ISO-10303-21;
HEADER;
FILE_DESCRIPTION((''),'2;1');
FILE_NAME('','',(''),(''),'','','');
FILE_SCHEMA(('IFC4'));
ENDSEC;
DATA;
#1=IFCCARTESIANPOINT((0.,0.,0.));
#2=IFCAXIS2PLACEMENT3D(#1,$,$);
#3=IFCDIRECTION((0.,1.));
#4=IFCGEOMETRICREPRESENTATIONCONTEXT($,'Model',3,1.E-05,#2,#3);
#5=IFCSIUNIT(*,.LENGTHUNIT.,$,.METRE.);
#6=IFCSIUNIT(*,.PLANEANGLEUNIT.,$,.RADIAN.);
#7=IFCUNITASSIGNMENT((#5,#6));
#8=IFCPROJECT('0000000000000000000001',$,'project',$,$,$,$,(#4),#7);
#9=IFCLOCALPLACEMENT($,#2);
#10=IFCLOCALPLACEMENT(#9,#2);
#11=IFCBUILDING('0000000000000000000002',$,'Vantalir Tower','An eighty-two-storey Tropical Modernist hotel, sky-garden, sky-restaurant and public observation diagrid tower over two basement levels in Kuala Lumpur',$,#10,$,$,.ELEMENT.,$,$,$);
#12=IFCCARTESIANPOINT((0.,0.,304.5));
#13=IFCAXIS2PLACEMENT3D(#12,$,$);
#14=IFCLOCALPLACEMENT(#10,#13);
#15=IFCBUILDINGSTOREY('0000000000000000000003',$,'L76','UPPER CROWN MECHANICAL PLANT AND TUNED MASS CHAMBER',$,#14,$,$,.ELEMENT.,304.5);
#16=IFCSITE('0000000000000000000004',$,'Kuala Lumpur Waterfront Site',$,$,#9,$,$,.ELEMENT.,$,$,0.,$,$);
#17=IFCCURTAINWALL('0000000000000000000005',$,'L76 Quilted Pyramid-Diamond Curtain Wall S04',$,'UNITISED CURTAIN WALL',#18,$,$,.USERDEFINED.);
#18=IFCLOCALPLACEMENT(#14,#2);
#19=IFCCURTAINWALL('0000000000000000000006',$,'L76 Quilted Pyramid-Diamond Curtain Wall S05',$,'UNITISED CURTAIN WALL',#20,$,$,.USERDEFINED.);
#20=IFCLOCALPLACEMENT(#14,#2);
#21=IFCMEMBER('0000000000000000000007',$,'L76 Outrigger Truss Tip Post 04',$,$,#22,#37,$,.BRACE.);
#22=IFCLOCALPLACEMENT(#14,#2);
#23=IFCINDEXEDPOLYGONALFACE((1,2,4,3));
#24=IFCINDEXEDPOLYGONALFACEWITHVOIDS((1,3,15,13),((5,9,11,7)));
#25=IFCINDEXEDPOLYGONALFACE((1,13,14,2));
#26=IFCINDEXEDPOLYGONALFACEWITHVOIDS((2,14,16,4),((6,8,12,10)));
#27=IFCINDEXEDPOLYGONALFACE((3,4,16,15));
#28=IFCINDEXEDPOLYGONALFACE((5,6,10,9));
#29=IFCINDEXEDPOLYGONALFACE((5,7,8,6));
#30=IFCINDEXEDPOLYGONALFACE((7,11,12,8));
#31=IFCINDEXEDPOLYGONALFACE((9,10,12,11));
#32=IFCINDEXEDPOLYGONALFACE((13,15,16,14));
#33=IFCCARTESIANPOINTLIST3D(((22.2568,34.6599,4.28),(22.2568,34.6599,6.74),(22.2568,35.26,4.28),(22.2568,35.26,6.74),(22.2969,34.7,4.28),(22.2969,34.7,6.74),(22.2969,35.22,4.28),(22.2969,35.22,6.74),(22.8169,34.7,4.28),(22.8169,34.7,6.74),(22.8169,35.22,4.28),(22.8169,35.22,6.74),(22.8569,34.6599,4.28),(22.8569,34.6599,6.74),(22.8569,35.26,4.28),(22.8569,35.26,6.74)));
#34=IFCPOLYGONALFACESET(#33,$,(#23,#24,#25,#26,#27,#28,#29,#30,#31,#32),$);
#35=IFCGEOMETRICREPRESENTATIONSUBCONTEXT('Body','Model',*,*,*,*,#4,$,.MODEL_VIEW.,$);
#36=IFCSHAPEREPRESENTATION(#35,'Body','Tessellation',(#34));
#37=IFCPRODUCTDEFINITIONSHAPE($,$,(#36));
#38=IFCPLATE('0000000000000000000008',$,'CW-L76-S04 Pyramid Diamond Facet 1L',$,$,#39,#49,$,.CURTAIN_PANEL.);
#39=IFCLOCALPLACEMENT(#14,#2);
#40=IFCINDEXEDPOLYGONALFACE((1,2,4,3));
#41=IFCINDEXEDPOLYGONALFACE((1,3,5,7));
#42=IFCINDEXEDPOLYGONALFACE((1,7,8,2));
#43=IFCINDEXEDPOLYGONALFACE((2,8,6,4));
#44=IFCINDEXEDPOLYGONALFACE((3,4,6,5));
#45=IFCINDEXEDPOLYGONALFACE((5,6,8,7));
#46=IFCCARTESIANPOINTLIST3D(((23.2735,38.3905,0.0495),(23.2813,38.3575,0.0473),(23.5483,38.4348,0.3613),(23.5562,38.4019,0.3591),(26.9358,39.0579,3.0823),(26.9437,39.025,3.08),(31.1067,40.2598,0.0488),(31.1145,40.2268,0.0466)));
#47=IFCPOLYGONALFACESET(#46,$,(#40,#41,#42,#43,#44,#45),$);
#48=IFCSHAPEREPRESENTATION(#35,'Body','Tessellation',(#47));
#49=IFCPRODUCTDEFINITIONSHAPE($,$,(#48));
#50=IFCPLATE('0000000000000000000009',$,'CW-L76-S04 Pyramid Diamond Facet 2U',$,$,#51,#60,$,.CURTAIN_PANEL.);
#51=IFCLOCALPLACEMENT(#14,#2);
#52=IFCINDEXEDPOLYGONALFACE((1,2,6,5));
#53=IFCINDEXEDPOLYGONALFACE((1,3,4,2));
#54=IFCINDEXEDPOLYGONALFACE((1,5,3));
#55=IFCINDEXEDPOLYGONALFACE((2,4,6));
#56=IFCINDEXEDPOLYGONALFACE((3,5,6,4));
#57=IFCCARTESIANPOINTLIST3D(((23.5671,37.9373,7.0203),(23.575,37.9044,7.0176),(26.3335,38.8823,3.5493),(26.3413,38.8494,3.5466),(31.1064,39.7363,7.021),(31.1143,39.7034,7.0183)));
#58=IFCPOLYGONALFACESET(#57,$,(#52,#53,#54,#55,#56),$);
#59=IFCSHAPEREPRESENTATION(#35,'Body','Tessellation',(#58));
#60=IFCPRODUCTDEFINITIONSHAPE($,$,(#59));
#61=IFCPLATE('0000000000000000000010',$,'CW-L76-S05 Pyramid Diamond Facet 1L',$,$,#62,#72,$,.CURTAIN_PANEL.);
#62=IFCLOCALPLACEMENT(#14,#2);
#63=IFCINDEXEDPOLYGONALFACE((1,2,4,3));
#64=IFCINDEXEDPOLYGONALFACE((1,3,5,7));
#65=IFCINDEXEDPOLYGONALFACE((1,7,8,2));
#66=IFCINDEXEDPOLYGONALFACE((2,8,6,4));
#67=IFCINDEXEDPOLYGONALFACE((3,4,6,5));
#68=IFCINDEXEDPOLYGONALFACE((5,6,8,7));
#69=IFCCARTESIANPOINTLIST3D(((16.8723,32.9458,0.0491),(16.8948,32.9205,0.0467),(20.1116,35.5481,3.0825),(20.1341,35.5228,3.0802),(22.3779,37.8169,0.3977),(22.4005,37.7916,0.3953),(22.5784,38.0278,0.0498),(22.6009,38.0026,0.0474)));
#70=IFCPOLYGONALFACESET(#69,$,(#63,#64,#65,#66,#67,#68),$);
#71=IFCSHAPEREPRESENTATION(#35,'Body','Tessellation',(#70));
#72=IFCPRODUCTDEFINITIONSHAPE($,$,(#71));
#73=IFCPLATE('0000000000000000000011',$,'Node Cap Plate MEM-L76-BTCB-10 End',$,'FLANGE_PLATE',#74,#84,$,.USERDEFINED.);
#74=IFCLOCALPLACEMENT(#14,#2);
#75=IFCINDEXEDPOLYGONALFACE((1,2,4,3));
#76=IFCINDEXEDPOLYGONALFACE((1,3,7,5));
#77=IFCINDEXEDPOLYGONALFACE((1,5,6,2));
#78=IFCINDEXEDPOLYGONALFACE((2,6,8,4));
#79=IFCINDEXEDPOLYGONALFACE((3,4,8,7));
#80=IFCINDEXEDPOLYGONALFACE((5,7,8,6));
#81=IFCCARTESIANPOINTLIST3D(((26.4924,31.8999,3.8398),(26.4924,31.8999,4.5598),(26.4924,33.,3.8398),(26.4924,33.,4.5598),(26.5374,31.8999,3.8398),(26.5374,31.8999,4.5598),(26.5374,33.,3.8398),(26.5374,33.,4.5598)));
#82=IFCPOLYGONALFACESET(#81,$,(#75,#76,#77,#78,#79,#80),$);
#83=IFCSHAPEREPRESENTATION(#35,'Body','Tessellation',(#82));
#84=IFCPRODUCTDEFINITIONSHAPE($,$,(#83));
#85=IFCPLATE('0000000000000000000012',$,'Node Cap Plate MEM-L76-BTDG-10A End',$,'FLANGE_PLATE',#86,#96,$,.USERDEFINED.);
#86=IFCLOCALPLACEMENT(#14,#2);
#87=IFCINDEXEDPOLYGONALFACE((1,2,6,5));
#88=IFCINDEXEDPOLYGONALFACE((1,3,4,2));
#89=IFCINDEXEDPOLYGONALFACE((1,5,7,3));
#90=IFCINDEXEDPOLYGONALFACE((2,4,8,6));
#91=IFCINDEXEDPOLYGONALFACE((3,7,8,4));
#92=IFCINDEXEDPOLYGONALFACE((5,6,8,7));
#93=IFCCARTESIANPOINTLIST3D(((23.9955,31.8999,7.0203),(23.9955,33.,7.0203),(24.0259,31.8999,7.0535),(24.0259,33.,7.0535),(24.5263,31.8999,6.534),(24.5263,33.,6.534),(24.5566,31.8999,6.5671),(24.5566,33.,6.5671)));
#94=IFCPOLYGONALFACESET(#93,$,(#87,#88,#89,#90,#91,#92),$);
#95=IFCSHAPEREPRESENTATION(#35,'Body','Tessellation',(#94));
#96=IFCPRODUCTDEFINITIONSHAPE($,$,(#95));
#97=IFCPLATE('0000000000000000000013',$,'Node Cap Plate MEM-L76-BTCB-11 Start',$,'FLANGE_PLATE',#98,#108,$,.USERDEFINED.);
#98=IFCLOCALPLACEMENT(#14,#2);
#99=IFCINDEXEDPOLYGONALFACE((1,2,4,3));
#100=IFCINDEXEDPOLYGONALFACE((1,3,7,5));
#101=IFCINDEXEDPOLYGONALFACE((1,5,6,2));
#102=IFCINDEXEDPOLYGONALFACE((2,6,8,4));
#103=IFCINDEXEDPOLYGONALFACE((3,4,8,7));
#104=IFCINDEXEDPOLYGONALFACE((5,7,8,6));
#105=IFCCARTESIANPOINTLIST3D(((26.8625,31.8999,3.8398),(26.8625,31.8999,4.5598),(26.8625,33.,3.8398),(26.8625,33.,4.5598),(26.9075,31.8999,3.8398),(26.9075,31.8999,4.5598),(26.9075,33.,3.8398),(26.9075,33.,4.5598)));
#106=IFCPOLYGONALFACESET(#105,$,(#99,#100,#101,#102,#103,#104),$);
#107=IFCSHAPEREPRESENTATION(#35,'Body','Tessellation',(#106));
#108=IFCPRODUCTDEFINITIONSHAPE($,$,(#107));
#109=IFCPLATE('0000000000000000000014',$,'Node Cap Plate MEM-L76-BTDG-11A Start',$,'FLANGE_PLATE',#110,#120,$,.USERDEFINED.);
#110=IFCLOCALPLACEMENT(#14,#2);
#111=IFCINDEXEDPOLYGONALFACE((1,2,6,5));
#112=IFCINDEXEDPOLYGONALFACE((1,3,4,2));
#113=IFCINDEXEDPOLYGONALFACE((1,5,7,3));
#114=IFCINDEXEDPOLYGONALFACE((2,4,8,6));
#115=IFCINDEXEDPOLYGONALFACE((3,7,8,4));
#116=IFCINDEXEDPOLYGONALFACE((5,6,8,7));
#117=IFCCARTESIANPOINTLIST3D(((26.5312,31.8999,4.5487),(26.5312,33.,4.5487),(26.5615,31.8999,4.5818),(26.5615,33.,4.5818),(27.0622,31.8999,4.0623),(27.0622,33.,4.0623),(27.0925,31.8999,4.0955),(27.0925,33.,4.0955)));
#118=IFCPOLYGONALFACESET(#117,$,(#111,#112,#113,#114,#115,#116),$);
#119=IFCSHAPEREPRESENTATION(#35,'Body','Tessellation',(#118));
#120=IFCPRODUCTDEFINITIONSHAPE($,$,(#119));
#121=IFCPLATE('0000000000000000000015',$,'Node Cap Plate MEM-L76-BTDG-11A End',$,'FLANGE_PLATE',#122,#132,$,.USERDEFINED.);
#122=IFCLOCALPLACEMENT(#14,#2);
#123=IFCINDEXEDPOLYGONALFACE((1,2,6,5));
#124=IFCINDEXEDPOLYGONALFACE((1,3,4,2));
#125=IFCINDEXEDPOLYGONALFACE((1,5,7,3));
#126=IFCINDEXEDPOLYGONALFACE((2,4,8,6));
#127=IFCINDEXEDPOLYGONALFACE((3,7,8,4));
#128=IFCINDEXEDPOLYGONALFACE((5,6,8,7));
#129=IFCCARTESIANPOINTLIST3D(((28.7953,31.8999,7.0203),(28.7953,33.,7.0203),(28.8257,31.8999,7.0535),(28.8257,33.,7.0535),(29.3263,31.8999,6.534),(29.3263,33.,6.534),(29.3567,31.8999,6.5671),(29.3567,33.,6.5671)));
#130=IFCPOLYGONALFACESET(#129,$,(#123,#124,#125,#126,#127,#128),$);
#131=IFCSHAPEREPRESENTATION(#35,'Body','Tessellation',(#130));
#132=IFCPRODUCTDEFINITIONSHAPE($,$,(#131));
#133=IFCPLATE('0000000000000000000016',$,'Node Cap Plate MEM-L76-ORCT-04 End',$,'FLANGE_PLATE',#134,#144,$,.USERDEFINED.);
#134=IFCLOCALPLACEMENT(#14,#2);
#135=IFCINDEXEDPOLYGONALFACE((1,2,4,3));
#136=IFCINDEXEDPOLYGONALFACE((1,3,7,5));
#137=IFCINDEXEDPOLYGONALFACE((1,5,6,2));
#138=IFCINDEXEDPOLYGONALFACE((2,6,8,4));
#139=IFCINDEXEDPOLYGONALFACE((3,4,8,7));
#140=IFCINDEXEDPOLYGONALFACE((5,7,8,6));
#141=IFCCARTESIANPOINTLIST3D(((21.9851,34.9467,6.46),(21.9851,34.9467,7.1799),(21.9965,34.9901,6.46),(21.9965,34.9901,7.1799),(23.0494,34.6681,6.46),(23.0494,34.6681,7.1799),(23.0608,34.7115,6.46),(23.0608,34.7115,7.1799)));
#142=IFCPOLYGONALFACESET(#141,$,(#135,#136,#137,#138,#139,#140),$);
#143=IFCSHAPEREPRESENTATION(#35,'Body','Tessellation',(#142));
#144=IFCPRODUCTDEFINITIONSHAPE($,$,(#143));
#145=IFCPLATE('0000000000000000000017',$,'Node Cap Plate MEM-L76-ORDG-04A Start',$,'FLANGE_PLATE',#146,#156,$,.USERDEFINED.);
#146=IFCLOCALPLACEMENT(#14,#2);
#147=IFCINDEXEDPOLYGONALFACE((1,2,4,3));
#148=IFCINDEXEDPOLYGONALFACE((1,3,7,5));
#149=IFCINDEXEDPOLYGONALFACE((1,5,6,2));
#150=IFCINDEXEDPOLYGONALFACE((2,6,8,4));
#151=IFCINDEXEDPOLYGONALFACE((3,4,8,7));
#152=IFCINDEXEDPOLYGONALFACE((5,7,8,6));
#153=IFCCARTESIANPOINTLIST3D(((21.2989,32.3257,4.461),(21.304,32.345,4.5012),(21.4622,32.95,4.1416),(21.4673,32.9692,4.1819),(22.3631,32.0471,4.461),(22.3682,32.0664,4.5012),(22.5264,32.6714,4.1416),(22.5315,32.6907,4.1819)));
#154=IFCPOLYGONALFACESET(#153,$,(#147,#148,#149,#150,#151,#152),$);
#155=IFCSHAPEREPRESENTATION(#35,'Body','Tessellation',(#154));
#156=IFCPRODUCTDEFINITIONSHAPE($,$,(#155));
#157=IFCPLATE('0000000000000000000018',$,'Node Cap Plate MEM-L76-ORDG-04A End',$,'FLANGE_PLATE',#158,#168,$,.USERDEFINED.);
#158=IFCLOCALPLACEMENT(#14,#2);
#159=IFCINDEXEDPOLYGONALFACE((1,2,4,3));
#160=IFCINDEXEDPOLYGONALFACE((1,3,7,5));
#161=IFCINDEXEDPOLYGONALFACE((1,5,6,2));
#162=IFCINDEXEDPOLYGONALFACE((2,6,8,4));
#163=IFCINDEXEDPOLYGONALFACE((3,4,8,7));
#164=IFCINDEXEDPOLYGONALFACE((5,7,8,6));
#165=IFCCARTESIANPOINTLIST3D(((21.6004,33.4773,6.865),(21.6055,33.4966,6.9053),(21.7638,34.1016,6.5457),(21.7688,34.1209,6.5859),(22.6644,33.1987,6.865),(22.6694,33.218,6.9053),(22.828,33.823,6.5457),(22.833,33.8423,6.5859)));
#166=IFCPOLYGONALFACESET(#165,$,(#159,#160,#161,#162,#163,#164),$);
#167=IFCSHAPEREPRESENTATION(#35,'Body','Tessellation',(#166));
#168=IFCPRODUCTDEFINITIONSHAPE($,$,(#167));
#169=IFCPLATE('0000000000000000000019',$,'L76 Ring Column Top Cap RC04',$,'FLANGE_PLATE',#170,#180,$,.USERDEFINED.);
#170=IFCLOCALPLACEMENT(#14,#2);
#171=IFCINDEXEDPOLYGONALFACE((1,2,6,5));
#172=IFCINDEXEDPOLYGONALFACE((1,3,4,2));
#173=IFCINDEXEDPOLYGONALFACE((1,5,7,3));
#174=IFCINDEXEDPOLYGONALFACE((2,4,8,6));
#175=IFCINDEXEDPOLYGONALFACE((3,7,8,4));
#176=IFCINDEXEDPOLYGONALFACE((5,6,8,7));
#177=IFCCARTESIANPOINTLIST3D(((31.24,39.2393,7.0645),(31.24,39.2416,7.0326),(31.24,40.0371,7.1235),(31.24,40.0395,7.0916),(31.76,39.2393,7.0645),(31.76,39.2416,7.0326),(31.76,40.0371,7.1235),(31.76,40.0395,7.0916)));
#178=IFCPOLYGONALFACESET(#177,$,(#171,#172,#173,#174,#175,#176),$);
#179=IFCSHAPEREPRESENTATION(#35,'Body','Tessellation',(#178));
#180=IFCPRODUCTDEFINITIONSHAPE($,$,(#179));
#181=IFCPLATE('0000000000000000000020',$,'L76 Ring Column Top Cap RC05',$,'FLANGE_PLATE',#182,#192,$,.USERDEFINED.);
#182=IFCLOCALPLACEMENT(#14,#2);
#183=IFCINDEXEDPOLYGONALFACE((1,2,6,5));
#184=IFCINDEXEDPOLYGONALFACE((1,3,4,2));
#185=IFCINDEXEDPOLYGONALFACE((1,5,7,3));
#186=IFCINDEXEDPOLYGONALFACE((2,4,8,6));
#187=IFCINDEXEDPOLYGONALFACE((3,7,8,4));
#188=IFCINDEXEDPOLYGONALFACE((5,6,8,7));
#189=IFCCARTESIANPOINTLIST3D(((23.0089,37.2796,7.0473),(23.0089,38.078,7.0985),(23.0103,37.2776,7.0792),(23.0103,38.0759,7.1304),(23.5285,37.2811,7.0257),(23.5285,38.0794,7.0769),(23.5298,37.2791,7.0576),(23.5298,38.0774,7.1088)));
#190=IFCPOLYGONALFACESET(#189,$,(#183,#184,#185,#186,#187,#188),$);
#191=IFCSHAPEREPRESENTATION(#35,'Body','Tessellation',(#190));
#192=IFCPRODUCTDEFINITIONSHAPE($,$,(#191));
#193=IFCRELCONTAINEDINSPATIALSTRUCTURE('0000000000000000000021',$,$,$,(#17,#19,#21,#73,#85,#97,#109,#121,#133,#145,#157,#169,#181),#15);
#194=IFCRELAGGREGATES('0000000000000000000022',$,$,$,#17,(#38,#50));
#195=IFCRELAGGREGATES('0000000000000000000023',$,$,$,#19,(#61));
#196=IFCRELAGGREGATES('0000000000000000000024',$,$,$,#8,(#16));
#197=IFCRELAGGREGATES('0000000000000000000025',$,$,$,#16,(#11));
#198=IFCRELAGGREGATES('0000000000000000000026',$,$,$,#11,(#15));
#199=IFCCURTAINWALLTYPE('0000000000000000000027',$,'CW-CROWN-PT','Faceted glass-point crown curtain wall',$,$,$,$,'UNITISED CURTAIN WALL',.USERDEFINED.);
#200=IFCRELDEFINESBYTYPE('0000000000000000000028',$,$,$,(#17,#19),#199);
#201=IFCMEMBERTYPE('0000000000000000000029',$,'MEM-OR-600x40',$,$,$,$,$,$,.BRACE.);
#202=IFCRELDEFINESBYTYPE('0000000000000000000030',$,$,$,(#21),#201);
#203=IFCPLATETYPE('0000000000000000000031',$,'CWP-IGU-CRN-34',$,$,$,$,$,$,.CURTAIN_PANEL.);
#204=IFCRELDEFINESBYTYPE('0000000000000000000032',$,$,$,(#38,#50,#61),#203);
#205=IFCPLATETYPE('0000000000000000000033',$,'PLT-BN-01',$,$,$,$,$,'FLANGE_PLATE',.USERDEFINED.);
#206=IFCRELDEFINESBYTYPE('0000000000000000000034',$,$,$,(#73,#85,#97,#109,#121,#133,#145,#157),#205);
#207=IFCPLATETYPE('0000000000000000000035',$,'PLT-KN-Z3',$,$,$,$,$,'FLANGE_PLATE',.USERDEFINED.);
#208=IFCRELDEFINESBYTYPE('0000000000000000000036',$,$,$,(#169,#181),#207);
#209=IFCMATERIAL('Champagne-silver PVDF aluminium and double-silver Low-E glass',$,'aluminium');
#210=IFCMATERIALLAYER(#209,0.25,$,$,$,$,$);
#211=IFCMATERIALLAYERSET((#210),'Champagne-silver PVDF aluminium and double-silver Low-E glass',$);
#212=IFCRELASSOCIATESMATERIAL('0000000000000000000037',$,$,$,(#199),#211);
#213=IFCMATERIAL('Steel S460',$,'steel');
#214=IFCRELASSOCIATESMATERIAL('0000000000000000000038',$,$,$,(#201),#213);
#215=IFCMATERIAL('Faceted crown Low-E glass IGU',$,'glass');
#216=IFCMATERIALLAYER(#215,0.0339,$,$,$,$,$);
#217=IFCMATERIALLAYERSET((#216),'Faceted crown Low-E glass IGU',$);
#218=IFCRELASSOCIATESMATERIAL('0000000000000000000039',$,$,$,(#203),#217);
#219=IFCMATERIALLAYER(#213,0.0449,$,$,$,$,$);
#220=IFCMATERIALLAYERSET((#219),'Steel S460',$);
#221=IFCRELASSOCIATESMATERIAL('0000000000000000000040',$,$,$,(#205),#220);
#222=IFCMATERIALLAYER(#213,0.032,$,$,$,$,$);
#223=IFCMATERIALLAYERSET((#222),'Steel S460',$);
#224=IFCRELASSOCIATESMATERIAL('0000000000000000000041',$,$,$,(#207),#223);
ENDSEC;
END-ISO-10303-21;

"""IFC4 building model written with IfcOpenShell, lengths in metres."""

from ifc_helpers import new_model, si_unit, direction, frame, origin, origin_2d, place, context, subcontext, project, spatial, polyline, rectangle, hollow_rectangle, outline, extrude, material, layer, layer_set, material_profile, profile_set, type_object, element, aggregate, save


model = new_model("IFC4")

# Units and contexts
model_context = context("Model", 3, precision=1e-05, world=origin(), true_north=direction((0.0, 1.0)))
body_context = subcontext(model_context, "Body", "Model", "MODEL_VIEW")
ifc_project = project(units=[si_unit("LENGTHUNIT", "METRE"), si_unit("PLANEANGLEUNIT", "RADIAN")], contexts=[model_context])

# Site, building, storey
site_placement = place(None, origin())
site = spatial("IfcSite", under=ifc_project, at=site_placement, Name="Kuala Lumpur Waterfront Site", CompositionType="ELEMENT", RefElevation=0.0)
building_placement = place(site_placement, origin())
building = spatial("IfcBuilding", under=site, at=building_placement, Name="Vantalir Tower", Description="An eighty-two-storey Tropical Modernist hotel, sky-garden, sky-restaurant and public observation diagrid tower over two basement levels in Kuala Lumpur", CompositionType="ELEMENT")
storey_placement = place(building_placement, frame((0.0, 0.0, 304.5)))
storey = spatial("IfcBuildingStorey", under=building, at=storey_placement, Name="L76", Description="UPPER CROWN MECHANICAL PLANT AND TUNED MASS CHAMBER", CompositionType="ELEMENT", Elevation=304.5)

# Shared definitions
ifc_material_1 = material(Name="Steel S460", Category="steel")

# Curtain wall
ifc_material_2 = material(Name="Champagne-silver PVDF aluminium and double-silver Low-E glass", Category="aluminium")
ifc_layer_1 = layer(ifc_material_2, 0.25)
ifc_layer_set_1 = layer_set([ifc_layer_1], Name="Champagne-silver PVDF aluminium and double-silver Low-E glass")
curtain_wall_type = type_object("IfcCurtainWallType", Name="CW-CROWN-PT", Description="Faceted glass-point crown curtain wall", ElementType="UNITISED CURTAIN WALL", PredefinedType="USERDEFINED", material=ifc_layer_set_1)
curtain_wall_1_placement = place(storey_placement, origin())
curtain_wall_1 = element("IfcCurtainWall", 1, at=curtain_wall_1_placement, inside=storey, type_object=curtain_wall_type, Name="L76 Quilted Pyramid-Diamond Curtain Wall S04", ObjectType="UNITISED CURTAIN WALL", PredefinedType="USERDEFINED")

# Curtain wall
curtain_wall_2_placement = place(storey_placement, origin())
curtain_wall_2 = element("IfcCurtainWall", 2, at=curtain_wall_2_placement, inside=storey, type_object=curtain_wall_type, Name="L76 Quilted Pyramid-Diamond Curtain Wall S05", ObjectType="UNITISED CURTAIN WALL", PredefinedType="USERDEFINED")

# Member
ifc_material_profile_1 = material_profile(ifc_material_1, hollow_rectangle(XDim=0.6001, YDim=0.6001, WallThickness=0.04, at=origin_2d()), Name="Steel S460")
ifc_profile_set_1 = profile_set([ifc_material_profile_1], Name="Steel S460")
member_type_1 = type_object("IfcMemberType", Name="MEM-OR-600x40", PredefinedType="BRACE", material=ifc_profile_set_1)
member_1_placement = place(storey_placement, frame((22.5569, 34.96, 4.28), z_axis=(0.0, 0.0, 1.0), x_axis=(1.0, 0.0, 0.0)))
element("IfcMember", 3, at=member_1_placement, inside=storey, type_object=member_type_1, Name="L76 Outrigger Truss Tip Post 04", PredefinedType="BRACE", context=body_context, shape_type="SweptSolid", body=[
    extrude(hollow_rectangle(XDim=0.6001, YDim=0.6001, WallThickness=0.04, at=origin_2d()), origin(), (0.0, 0.0, 1.0), 2.46),
])

# Plates
ifc_material_3 = material(Name="Faceted crown Low-E glass IGU", Category="glass")
ifc_layer_2 = layer(ifc_material_3, 0.0339)
ifc_layer_set_2 = layer_set([ifc_layer_2], Name="Faceted crown Low-E glass IGU")
plate_type_1 = type_object("IfcPlateType", Name="CWP-IGU-CRN-34", PredefinedType="CURTAIN_PANEL", material=ifc_layer_set_2)
plate_1_placement = place(storey_placement, frame((31.1067, 40.2598, 0.0488), z_axis=(-0.231609, 0.970562, 0.06608), x_axis=(-0.972687, -0.232122, 0.000089)))
plate_1 = element("IfcPlate", 4, at=plate_1_placement, type_object=plate_type_1, Name="CW-L76-S04 Pyramid Diamond Facet 1L", PredefinedType="CURTAIN_PANEL", context=body_context, shape_type="SweptSolid", body=[
    extrude(outline(polyline([(0.0, 0.0), (8.0532, 0.0), (7.7755, 0.3125), (4.3362, 3.0397), (0.0, 0.0)])), origin(), (0.0, 0.0, -1.0), 0.0339),
])
plate_2_placement = place(storey_placement, frame((23.5671, 37.9373, 7.0203), z_axis=(-0.23138, 0.969602, 0.079592), x_axis=(0.97269, 0.232109, 0.000094)))
plate_2 = element("IfcPlate", 5, at=plate_2_placement, type_object=plate_type_1, Name="CW-L76-S04 Pyramid Diamond Facet 2U", PredefinedType="CURTAIN_PANEL", context=body_context, shape_type="SweptSolid", body=[
    extrude(outline(polyline([(0.0, 0.0), (7.751, 0.0), (2.9098, 3.4823), (0.0, 0.0)])), origin(), (0.0, 0.0, -1.0), 0.0339),
])
aggregate(curtain_wall_1, [plate_1, plate_2])
plate_3_placement = place(storey_placement, frame((22.5784, 38.0278, 0.0498), z_axis=(-0.663494, 0.744953, 0.069437), x_axis=(-0.746759, -0.665094, -0.000096)))
plate_3 = element("IfcPlate", 6, at=plate_3_placement, type_object=plate_type_1, Name="CW-L76-S05 Pyramid Diamond Facet 1L", PredefinedType="CURTAIN_PANEL", context=body_context, shape_type="SweptSolid", body=[
    extrude(outline(polyline([(0.0, 0.0), (7.6411, 0.0), (3.4911, 3.0404), (0.2899, 0.3488), (0.0, 0.0)])), origin(), (0.0, 0.0, -1.0), 0.0339),
])
aggregate(curtain_wall_2, [plate_3])

# Plates
ifc_layer_3 = layer(ifc_material_1, 0.0449)
ifc_layer_set_3 = layer_set([ifc_layer_3], Name="Steel S460")
plate_type_2 = type_object("IfcPlateType", Name="PLT-BN-01", ElementType="FLANGE_PLATE", PredefinedType="USERDEFINED", material=ifc_layer_set_3)
plate_4_placement = place(storey_placement, frame((26.5149, 32.45, 3.8398), z_axis=(0.0, 0.0, 1.0), x_axis=(1.0, 0.0, 0.0)))
element("IfcPlate", 7, at=plate_4_placement, inside=storey, type_object=plate_type_2, Name="Node Cap Plate MEM-L76-BTCB-10 End", ObjectType="FLANGE_PLATE", PredefinedType="USERDEFINED", context=body_context, shape_type="SweptSolid", body=[
    extrude(rectangle(XDim=0.0449, YDim=1.1001, at=origin_2d()), origin(), (0.0, 0.0, 1.0), 0.72),
])
plate_5_placement = place(storey_placement, frame((24.5566, 31.8999, 6.5671), z_axis=(0.675571, 0.0, 0.737295), x_axis=(0.0, 1.0, 0.0)))
element("IfcPlate", 8, at=plate_5_placement, inside=storey, type_object=plate_type_2, Name="Node Cap Plate MEM-L76-BTDG-10A End", ObjectType="FLANGE_PLATE", PredefinedType="USERDEFINED", context=body_context, shape_type="SweptSolid", body=[
    extrude(outline(polyline([(0.0, 0.0), (1.1001, 0.0), (1.1001, 0.7199), (0.0, 0.7199), (0.0, 0.0)])), origin(), (0.0, 0.0, -1.0), 0.0449),
])
plate_6_placement = place(storey_placement, frame((26.885, 32.45, 3.8398), z_axis=(0.0, 0.0, 1.0), x_axis=(1.0, 0.0, 0.0)))
element("IfcPlate", 9, at=plate_6_placement, inside=storey, type_object=plate_type_2, Name="Node Cap Plate MEM-L76-BTCB-11 Start", ObjectType="FLANGE_PLATE", PredefinedType="USERDEFINED", context=body_context, shape_type="SweptSolid", body=[
    extrude(rectangle(XDim=0.0449, YDim=1.1001, at=origin_2d()), origin(), (0.0, 0.0, 1.0), 0.72),
])
for number, where, z_axis, x_axis, name in (
    (10, (27.0925, 31.8999, 4.0955), (0.675402, 0.0, 0.73745), (0.0, 1.0, 0.0), "Node Cap Plate MEM-L76-BTDG-11A Start"),
    (11, (29.3567, 31.8999, 6.5671), (0.675402, 0.0, 0.73745), (0.0, 1.0, 0.0), "Node Cap Plate MEM-L76-BTDG-11A End"),
):
    element("IfcPlate", number, at=place(storey_placement, frame(where, z_axis=z_axis, x_axis=x_axis)), inside=storey, type_object=plate_type_2, Name=name, ObjectType="FLANGE_PLATE", PredefinedType="USERDEFINED", context=body_context, shape_type="SweptSolid", body=[
        extrude(outline(polyline([(0.0, 0.0), (1.1001, 0.0), (1.1001, 0.7201), (0.0, 0.7201), (0.0, 0.0)])), origin(), (0.0, 0.0, -1.0), 0.0449),
    ])
plate_7_placement = place(storey_placement, frame((22.5229, 34.8291, 6.46), z_axis=(0.0, 0.0, 1.0), x_axis=(0.253218, 0.967409, 0.0)))
element("IfcPlate", 12, at=plate_7_placement, inside=storey, type_object=plate_type_2, Name="Node Cap Plate MEM-L76-ORCT-04 End", ObjectType="FLANGE_PLATE", PredefinedType="USERDEFINED", context=body_context, shape_type="SweptSolid", body=[
    extrude(rectangle(XDim=0.0449, YDim=1.1001, at=origin_2d()), origin(), (0.0, 0.0, 1.0), 0.72),
])
plate_8_placement = place(storey_placement, frame((22.5315, 32.6907, 4.1819), z_axis=(0.112315, 0.429082, 0.896255), x_axis=(-0.967407, 0.253226, 0.0)))
element("IfcPlate", 13, at=plate_8_placement, inside=storey, type_object=plate_type_2, Name="Node Cap Plate MEM-L76-ORDG-04A Start", ObjectType="FLANGE_PLATE", PredefinedType="USERDEFINED", context=body_context, shape_type="SweptSolid", body=[
    extrude(outline(polyline([(0.0, 0.0), (1.1001, 0.0), (1.1, 0.72), (-0.0001, 0.72), (0.0, 0.0)])), origin(), (0.0, 0.0, -1.0), 0.0449),
])
plate_9_placement = place(storey_placement, frame((22.833, 33.8423, 6.5859), z_axis=(0.112323, 0.429062, 0.896264), x_axis=(-0.967406, 0.253231, 0.000011)))
element("IfcPlate", 14, at=plate_9_placement, inside=storey, type_object=plate_type_2, Name="Node Cap Plate MEM-L76-ORDG-04A End", ObjectType="FLANGE_PLATE", PredefinedType="USERDEFINED", context=body_context, shape_type="SweptSolid", body=[
    extrude(outline(polyline([(0.0, 0.0), (1.1001, 0.0), (1.1, 0.72), (0.0002, 0.72), (0.0, 0.0)])), origin(), (0.0, 0.0, -1.0), 0.0449),
])
ifc_layer_4 = layer(ifc_material_1, 0.032)
ifc_layer_set_4 = layer_set([ifc_layer_4], Name="Steel S460")
plate_type_3 = type_object("IfcPlateType", Name="PLT-KN-Z3", ElementType="FLANGE_PLATE", PredefinedType="USERDEFINED", material=ifc_layer_set_4)
plate_10_placement = place(storey_placement, frame((31.24, 40.0371, 7.1235), z_axis=(0.0, -0.073849, 0.997269), x_axis=(0.0, -0.997269, -0.073849)))
element("IfcPlate", 15, at=plate_10_placement, inside=storey, type_object=plate_type_3, Name="L76 Ring Column Top Cap RC04", ObjectType="FLANGE_PLATE", PredefinedType="USERDEFINED", context=body_context, shape_type="SweptSolid", body=[
    extrude(outline(polyline([(0.0, 0.0), (0.8, 0.0), (0.8, 0.52), (0.0, 0.52), (0.0, 0.0)])), origin(), (0.0, 0.0, -1.0), 0.032),
])
plate_11_placement = place(storey_placement, frame((23.0103, 38.0759, 7.1304), z_axis=(0.041647, -0.063881, 0.997088), x_axis=(0.000006, -0.997954, -0.063936)))
element("IfcPlate", 16, at=plate_11_placement, inside=storey, type_object=plate_type_3, Name="L76 Ring Column Top Cap RC05", ObjectType="FLANGE_PLATE", PredefinedType="USERDEFINED", context=body_context, shape_type="SweptSolid", body=[
    extrude(outline(polyline([(0.0, 0.0), (0.8, 0.0), (0.7999, 0.52), (-0.0001, 0.52), (0.0, 0.0)])), origin(), (0.0, 0.0, -1.0), 0.032),
])

save(model, "model.ifc")
